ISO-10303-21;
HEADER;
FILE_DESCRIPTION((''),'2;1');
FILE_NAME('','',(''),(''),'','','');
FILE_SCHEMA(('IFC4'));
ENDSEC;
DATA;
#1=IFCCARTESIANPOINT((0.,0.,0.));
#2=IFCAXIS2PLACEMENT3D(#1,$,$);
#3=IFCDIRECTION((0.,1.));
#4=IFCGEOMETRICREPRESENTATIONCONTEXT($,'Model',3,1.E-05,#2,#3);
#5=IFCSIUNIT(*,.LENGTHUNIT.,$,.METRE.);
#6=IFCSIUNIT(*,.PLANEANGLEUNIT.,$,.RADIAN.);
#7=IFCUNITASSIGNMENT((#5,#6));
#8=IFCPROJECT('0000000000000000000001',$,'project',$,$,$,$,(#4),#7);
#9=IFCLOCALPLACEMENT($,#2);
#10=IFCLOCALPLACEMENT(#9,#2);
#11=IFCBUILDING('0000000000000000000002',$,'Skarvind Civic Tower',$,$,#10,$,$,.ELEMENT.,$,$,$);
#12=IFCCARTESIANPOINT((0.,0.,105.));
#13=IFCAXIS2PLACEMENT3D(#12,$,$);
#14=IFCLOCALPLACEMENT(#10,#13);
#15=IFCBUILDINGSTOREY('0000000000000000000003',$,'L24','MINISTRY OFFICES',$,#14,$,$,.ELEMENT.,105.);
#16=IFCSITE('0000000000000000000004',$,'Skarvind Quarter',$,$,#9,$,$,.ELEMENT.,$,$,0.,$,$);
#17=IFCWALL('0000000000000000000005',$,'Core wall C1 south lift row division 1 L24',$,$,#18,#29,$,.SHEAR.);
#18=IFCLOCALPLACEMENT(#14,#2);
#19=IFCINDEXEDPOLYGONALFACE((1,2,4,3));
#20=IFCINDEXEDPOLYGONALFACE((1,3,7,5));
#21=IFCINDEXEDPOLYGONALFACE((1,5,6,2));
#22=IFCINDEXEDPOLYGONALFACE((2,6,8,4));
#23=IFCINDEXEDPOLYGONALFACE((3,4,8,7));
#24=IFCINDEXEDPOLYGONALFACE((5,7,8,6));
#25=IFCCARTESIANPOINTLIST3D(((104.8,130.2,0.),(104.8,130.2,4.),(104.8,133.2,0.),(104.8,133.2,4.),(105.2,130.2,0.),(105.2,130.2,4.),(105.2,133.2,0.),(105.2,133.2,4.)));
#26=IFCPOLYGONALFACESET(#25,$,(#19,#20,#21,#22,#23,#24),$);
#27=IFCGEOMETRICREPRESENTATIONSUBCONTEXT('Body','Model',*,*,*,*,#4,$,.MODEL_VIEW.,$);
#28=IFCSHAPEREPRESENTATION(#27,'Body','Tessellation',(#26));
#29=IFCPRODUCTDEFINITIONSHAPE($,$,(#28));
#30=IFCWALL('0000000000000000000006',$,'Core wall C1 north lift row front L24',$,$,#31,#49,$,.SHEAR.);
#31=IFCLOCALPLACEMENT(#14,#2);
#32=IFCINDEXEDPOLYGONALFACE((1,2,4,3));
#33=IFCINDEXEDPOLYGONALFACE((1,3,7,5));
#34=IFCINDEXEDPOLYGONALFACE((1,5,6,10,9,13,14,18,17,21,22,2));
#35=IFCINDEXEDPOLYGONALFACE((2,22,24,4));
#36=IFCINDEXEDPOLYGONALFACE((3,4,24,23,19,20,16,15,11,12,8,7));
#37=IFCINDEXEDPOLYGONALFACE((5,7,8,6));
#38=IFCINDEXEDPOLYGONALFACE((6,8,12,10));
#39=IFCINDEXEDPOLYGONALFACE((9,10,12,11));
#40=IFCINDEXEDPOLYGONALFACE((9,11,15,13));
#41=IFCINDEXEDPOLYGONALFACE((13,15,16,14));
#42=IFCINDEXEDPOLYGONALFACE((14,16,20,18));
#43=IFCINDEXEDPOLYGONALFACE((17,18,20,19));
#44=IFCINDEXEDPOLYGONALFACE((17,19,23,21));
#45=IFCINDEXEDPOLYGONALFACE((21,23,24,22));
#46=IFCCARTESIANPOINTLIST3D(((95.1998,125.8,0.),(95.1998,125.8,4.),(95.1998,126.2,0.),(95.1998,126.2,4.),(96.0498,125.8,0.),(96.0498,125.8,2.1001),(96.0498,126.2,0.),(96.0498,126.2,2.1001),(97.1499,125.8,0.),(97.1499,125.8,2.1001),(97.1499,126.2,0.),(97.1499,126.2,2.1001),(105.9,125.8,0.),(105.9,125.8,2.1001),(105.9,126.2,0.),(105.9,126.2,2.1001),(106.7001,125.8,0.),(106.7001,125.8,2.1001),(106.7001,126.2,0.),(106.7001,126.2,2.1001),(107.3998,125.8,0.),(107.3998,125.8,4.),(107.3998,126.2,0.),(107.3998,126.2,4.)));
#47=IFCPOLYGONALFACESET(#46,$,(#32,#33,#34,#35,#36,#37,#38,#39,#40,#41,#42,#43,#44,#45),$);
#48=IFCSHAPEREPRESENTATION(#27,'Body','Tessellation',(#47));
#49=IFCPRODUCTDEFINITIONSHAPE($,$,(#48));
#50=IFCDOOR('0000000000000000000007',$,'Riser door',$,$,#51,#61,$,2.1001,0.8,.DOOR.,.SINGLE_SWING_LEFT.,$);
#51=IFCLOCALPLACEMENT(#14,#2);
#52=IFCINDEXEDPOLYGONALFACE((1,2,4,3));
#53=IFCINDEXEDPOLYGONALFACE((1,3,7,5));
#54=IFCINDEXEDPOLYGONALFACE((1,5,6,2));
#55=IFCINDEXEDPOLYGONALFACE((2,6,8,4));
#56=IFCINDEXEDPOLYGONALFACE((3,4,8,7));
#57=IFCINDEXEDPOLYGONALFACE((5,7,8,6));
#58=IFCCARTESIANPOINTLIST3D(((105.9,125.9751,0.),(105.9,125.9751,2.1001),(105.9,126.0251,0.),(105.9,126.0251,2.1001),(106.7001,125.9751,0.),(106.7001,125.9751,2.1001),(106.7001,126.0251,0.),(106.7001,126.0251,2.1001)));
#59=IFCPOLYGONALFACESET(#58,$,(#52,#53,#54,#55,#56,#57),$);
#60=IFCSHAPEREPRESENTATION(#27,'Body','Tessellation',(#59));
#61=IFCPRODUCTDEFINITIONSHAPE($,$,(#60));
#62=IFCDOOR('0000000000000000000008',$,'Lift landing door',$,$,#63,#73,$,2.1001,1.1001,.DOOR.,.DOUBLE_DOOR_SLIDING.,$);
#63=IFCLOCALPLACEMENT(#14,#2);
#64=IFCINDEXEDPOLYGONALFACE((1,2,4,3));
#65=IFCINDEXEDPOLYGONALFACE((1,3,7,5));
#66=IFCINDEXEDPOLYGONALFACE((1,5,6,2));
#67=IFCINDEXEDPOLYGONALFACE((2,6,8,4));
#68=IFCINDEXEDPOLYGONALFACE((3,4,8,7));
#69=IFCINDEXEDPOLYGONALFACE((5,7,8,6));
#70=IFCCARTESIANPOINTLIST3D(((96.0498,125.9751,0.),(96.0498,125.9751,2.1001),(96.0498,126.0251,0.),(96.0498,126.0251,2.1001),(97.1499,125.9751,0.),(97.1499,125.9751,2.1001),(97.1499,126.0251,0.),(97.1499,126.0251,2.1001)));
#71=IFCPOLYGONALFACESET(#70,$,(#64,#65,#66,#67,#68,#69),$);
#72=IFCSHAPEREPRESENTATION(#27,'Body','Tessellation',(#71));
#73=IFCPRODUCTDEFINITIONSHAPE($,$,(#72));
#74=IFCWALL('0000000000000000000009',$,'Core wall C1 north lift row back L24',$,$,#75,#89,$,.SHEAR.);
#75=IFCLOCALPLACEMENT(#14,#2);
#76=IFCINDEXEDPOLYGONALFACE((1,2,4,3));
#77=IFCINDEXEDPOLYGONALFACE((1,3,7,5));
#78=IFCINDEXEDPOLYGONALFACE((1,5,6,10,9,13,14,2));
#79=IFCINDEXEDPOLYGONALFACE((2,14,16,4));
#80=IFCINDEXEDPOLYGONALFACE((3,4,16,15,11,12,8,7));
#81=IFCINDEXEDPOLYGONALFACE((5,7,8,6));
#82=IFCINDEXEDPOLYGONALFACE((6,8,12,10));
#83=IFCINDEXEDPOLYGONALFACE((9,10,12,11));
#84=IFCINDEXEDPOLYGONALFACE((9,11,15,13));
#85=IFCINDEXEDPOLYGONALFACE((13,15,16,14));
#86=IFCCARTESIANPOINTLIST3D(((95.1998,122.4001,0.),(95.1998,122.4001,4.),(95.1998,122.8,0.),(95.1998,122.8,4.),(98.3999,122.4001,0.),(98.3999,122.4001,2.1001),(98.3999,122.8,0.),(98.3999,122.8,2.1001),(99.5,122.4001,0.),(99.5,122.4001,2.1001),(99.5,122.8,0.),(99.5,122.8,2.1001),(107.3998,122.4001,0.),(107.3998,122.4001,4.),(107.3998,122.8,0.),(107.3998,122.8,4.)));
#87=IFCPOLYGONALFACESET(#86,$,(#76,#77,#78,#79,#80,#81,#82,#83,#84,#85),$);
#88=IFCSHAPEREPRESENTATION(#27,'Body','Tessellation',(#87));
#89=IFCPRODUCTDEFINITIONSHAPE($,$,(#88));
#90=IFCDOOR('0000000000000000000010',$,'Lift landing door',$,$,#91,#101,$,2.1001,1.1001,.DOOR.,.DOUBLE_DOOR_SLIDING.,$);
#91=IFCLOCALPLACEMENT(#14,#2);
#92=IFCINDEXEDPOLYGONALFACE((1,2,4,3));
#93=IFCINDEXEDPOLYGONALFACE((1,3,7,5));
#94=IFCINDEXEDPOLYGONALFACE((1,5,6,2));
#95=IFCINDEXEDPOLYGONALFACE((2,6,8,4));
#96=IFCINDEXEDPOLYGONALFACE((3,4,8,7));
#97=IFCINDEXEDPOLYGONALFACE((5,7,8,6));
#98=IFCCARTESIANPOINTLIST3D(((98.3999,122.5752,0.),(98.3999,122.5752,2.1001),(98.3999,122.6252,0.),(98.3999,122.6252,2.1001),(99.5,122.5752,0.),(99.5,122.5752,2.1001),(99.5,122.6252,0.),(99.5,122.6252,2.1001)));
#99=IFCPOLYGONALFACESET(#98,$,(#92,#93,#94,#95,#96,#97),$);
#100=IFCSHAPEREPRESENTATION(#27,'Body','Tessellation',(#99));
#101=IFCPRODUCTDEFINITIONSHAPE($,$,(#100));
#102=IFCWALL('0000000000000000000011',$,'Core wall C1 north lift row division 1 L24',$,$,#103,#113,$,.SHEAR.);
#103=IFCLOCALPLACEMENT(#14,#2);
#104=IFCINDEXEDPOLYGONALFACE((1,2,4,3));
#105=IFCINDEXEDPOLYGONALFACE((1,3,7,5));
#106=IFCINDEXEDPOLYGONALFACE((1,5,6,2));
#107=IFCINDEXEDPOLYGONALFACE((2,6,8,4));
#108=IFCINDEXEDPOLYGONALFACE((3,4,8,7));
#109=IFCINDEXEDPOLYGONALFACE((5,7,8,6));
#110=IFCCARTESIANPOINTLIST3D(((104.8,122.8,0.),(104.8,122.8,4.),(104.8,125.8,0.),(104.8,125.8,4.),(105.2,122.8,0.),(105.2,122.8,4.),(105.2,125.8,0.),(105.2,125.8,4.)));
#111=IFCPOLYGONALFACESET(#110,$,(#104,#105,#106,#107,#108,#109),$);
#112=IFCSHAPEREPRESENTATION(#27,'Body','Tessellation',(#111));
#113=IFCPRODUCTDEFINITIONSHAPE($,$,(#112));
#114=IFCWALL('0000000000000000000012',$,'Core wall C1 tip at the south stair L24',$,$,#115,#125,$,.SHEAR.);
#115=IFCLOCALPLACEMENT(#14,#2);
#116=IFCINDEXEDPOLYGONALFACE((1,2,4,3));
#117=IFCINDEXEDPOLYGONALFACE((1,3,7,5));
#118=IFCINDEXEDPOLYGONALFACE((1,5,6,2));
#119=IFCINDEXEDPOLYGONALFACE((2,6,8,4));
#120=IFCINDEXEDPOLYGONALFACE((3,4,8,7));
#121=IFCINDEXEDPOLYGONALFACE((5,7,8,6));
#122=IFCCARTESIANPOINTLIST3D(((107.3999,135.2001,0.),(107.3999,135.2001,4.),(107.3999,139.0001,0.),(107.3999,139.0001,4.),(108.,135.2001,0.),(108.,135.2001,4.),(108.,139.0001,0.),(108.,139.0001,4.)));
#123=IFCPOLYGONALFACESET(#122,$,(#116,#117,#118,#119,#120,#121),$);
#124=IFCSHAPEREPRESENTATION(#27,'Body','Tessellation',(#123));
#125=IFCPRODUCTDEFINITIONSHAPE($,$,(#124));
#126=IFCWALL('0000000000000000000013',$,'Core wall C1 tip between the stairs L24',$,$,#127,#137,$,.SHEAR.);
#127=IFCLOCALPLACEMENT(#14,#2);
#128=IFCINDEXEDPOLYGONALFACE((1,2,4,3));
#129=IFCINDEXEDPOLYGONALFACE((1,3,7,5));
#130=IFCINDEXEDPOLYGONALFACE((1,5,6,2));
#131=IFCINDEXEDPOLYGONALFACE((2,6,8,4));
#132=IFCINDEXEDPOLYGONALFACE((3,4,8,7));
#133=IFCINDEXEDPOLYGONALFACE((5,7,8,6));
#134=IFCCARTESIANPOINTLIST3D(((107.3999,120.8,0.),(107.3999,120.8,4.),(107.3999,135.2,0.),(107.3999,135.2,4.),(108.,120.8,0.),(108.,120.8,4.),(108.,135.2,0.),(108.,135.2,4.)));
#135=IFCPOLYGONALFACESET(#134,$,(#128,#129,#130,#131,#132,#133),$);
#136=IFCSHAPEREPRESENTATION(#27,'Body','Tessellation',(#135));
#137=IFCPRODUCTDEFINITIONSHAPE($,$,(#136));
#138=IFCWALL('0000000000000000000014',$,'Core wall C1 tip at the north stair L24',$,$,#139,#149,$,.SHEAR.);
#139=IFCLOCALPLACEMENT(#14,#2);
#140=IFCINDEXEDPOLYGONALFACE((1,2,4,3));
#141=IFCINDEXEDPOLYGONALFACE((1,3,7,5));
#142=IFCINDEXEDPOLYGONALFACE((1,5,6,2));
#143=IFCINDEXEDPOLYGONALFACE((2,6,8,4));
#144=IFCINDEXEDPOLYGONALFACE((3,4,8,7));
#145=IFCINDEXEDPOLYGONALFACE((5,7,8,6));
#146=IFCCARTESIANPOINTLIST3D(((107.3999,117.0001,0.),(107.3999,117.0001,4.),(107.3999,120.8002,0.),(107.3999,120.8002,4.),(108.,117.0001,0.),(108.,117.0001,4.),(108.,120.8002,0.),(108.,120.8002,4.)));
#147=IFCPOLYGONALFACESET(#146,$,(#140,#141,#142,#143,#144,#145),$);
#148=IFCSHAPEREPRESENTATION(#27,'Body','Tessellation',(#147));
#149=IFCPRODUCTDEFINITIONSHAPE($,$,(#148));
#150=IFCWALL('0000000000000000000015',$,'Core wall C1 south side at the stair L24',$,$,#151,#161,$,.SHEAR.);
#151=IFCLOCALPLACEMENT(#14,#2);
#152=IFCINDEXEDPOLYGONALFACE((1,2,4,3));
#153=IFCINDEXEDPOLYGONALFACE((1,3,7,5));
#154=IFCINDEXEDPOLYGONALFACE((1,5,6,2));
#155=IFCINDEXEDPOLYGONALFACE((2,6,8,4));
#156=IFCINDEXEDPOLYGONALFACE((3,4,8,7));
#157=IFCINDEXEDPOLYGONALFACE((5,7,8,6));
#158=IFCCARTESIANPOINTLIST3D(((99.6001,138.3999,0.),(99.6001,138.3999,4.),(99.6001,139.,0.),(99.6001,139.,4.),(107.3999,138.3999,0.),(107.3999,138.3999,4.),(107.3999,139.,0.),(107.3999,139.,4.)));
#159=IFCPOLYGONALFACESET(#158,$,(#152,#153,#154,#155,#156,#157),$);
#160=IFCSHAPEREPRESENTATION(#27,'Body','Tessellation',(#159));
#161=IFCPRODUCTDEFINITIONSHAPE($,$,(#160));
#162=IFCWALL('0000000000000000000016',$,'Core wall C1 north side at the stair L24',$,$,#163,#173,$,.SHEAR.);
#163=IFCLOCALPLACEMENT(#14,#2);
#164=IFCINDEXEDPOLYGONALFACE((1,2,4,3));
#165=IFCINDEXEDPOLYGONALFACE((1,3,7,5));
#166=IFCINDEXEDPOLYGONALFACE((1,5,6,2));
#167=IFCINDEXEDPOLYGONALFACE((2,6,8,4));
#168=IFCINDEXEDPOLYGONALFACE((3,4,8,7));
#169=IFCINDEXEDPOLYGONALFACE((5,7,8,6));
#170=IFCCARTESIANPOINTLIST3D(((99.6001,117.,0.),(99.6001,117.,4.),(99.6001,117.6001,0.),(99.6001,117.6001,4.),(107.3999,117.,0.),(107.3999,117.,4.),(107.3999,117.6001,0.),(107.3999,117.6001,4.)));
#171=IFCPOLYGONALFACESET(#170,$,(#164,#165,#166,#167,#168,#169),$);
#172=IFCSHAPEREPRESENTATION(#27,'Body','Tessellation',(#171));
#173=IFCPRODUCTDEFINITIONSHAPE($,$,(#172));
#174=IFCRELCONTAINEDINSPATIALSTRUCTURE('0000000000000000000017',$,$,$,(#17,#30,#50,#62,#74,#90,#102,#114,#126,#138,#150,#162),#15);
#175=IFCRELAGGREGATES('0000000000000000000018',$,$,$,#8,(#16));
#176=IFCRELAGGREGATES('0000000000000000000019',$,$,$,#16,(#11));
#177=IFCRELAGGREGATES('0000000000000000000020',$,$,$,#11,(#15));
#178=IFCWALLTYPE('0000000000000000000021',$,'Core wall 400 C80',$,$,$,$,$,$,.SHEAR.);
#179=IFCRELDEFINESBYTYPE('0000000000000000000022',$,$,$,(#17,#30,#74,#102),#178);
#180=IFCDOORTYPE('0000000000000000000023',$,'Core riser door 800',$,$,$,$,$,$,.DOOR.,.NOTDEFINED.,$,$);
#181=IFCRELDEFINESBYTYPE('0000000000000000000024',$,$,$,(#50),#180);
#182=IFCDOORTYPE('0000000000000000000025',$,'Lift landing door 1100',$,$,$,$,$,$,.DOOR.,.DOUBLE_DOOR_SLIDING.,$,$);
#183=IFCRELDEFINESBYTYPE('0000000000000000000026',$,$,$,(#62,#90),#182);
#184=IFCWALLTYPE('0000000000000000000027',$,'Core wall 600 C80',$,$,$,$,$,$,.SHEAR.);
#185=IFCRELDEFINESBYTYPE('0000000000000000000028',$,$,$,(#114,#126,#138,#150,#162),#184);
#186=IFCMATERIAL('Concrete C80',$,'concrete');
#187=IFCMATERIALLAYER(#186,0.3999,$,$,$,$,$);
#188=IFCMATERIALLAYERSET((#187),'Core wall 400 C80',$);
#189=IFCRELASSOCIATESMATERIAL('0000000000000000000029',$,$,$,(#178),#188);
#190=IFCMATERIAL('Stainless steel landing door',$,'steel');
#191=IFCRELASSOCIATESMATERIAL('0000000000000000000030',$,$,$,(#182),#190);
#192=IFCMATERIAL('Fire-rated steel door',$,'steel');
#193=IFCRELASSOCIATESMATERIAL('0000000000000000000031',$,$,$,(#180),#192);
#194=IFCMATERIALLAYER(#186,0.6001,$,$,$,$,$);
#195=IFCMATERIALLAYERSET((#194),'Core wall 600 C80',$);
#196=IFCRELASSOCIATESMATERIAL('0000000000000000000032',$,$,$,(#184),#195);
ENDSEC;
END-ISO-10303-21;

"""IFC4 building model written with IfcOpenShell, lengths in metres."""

from ifc_helpers import new_model, si_unit, direction, frame, frame_2d, origin, place, context, subcontext, project, spatial, rectangle, extrude, material, layer, layer_set, type_object, element, fill, save


model = new_model("IFC4")

# Units and contexts
model_context = context("Model", 3, precision=1e-05, world=origin(), true_north=direction((0.0, 1.0)))
body_context = subcontext(model_context, "Body", "Model", "MODEL_VIEW")
ifc_project = project(units=[si_unit("LENGTHUNIT", "METRE"), si_unit("PLANEANGLEUNIT", "RADIAN")], contexts=[model_context])

# Site, building, storey
site_placement = place(None, origin())
site = spatial("IfcSite", under=ifc_project, at=site_placement, Name="Skarvind Quarter", CompositionType="ELEMENT", RefElevation=0.0)
building_placement = place(site_placement, origin())
building = spatial("IfcBuilding", under=site, at=building_placement, Name="Skarvind Civic Tower", CompositionType="ELEMENT")
storey_placement = place(building_placement, frame((0.0, 0.0, 105.0)))
storey = spatial("IfcBuildingStorey", under=building, at=storey_placement, Name="L24", Description="MINISTRY OFFICES", CompositionType="ELEMENT", Elevation=105.0)

# Shared definitions
ifc_material_1 = material(Name="Concrete C80", Category="concrete")
ifc_layer_1 = layer(ifc_material_1, 0.3999)
ifc_layer_set_1 = layer_set([ifc_layer_1], Name="Core wall 400 C80")
wall_type_1 = type_object("IfcWallType", Name="Core wall 400 C80", PredefinedType="SHEAR", material=ifc_layer_set_1)

# Shared definitions
ifc_material_2 = material(Name="Stainless steel landing door", Category="steel")
door_type_1 = type_object("IfcDoorType", Name="Lift landing door 1100", OperationType="DOUBLE_DOOR_SLIDING", PredefinedType="DOOR", material=ifc_material_2)

# Wall
wall_1_placement = place(storey_placement, frame((105.0, 133.2, 0.0), z_axis=(0.0, 0.0, 1.0), x_axis=(0.0, -1.0, 0.0)))
element("IfcWall", 1, at=wall_1_placement, inside=storey, type_object=wall_type_1, Name="Core wall C1 south lift row division 1 L24", PredefinedType="SHEAR", context=body_context, shape_type="SweptSolid", body=[
    extrude(rectangle(XDim=3.0, YDim=0.3999, at=frame_2d((1.5, 0.0))), origin(), (0.0, 0.0, 1.0), 4.0),
])

# Wall, openings, doors
wall_2_placement = place(storey_placement, frame((107.3999, 126.0, 0.0), z_axis=(0.0, 0.0, 1.0), x_axis=(-1.0, 0.0, 0.0)))
wall_2 = element("IfcWall", 2, at=wall_2_placement, inside=storey, type_object=wall_type_1, Name="Core wall C1 north lift row front L24", PredefinedType="SHEAR", context=body_context, shape_type="SweptSolid", body=[
    extrude(rectangle(XDim=12.2, YDim=0.3999, at=frame_2d((6.1001, 0.0))), origin(), (0.0, 0.0, 1.0), 4.0),
])
opening_1_placement = place(wall_2_placement, frame((10.25, 0.0, 0.0)))
opening_1 = element("IfcOpeningElement", 3, at=opening_1_placement, cuts=wall_2, PredefinedType="OPENING", context=body_context, shape_type="SweptSolid", body=[
    extrude(rectangle(XDim=1.1001, YDim=2.1001, at=frame_2d((0.55, 1.05))), frame((0.0, 0.21, 0.0), z_axis=(0.0, -1.0, 0.0), x_axis=(1.0, 0.0, 0.0)), (0.0, 0.0, 1.0), 0.4199),
])
opening_2_placement = place(wall_2_placement, frame((0.7, 0.0, 0.0)))
opening_2 = element("IfcOpeningElement", 4, at=opening_2_placement, cuts=wall_2, PredefinedType="OPENING", context=body_context, shape_type="SweptSolid", body=[
    extrude(rectangle(XDim=0.8, YDim=2.1001, at=frame_2d((0.3999, 1.05))), frame((0.0, 0.21, 0.0), z_axis=(0.0, -1.0, 0.0), x_axis=(1.0, 0.0, 0.0)), (0.0, 0.0, 1.0), 0.4199),
])
ifc_material_3 = material(Name="Fire-rated steel door", Category="steel")
door_type_2 = type_object("IfcDoorType", Name="Core riser door 800", OperationType="NOTDEFINED", PredefinedType="DOOR", material=ifc_material_3)
door_1_placement = place(opening_2_placement, origin())
door_1 = element("IfcDoor", 5, at=door_1_placement, inside=storey, type_object=door_type_2, Name="Riser door", OperationType="SINGLE_SWING_LEFT", OverallHeight=2.1001, OverallWidth=0.8, PredefinedType="DOOR", context=body_context, shape_type="SweptSolid", body=[
    extrude(rectangle(XDim=0.8, YDim=2.1001, at=frame_2d((0.3999, 1.05))), frame((0.0, 0.0249, 0.0), z_axis=(0.0, -1.0, 0.0), x_axis=(1.0, 0.0, 0.0)), (0.0, 0.0, 1.0), 0.05),
])
fill(opening_2, door_1)
door_2_placement = place(opening_1_placement, origin())
door_2 = element("IfcDoor", 6, at=door_2_placement, inside=storey, type_object=door_type_1, Name="Lift landing door", OperationType="DOUBLE_DOOR_SLIDING", OverallHeight=2.1001, OverallWidth=1.1001, PredefinedType="DOOR", context=body_context, shape_type="SweptSolid", body=[
    extrude(rectangle(XDim=1.1001, YDim=2.1001, at=frame_2d((0.55, 1.05))), frame((0.0, 0.0249, 0.0), z_axis=(0.0, -1.0, 0.0), x_axis=(1.0, 0.0, 0.0)), (0.0, 0.0, 1.0), 0.05),
])
fill(opening_1, door_2)

# Wall, opening, door
wall_3_placement = place(storey_placement, frame((107.3999, 122.6001, 0.0), z_axis=(0.0, 0.0, 1.0), x_axis=(-1.0, 0.0, 0.0)))
wall_3 = element("IfcWall", 7, at=wall_3_placement, inside=storey, type_object=wall_type_1, Name="Core wall C1 north lift row back L24", PredefinedType="SHEAR", context=body_context, shape_type="SweptSolid", body=[
    extrude(rectangle(XDim=12.2, YDim=0.3999, at=frame_2d((6.1001, 0.0))), origin(), (0.0, 0.0, 1.0), 4.0),
])
opening_3_placement = place(wall_3_placement, frame((7.8999, 0.0, 0.0)))
opening_3 = element("IfcOpeningElement", 8, at=opening_3_placement, cuts=wall_3, PredefinedType="OPENING", context=body_context, shape_type="SweptSolid", body=[
    extrude(rectangle(XDim=1.1001, YDim=2.1001, at=frame_2d((0.55, 1.05))), frame((0.0, 0.21, 0.0), z_axis=(0.0, -1.0, 0.0), x_axis=(1.0, 0.0, 0.0)), (0.0, 0.0, 1.0), 0.4199),
])
door_3_placement = place(opening_3_placement, origin())
door_3 = element("IfcDoor", 9, at=door_3_placement, inside=storey, type_object=door_type_1, Name="Lift landing door", OperationType="DOUBLE_DOOR_SLIDING", OverallHeight=2.1001, OverallWidth=1.1001, PredefinedType="DOOR", context=body_context, shape_type="SweptSolid", body=[
    extrude(rectangle(XDim=1.1001, YDim=2.1001, at=frame_2d((0.55, 1.05))), frame((0.0, 0.0249, 0.0), z_axis=(0.0, -1.0, 0.0), x_axis=(1.0, 0.0, 0.0)), (0.0, 0.0, 1.0), 0.05),
])
fill(opening_3, door_3)

# Walls
wall_4_placement = place(storey_placement, frame((105.0, 125.8, 0.0), z_axis=(0.0, 0.0, 1.0), x_axis=(0.0, -1.0, 0.0)))
element("IfcWall", 10, at=wall_4_placement, inside=storey, type_object=wall_type_1, Name="Core wall C1 north lift row division 1 L24", PredefinedType="SHEAR", context=body_context, shape_type="SweptSolid", body=[
    extrude(rectangle(XDim=3.0, YDim=0.3999, at=frame_2d((1.5, 0.0))), origin(), (0.0, 0.0, 1.0), 4.0),
])
ifc_layer_2 = layer(ifc_material_1, 0.6001)
ifc_layer_set_2 = layer_set([ifc_layer_2], Name="Core wall 600 C80")
wall_type_2 = type_object("IfcWallType", Name="Core wall 600 C80", PredefinedType="SHEAR", material=ifc_layer_set_2)
wall_5_placement = place(storey_placement, frame((107.7, 139.0, 0.0), z_axis=(0.0, 0.0, 1.0), x_axis=(0.0, -1.0, 0.0)))
element("IfcWall", 11, at=wall_5_placement, inside=storey, type_object=wall_type_2, Name="Core wall C1 tip at the south stair L24", PredefinedType="SHEAR", context=body_context, shape_type="SweptSolid", body=[
    extrude(rectangle(XDim=3.8, YDim=0.6001, at=frame_2d((1.8999, 0.0))), origin(), (0.0, 0.0, 1.0), 4.0),
])
wall_6_placement = place(storey_placement, frame((107.7, 135.2, 0.0), z_axis=(0.0, 0.0, 1.0), x_axis=(0.0, -1.0, 0.0)))
element("IfcWall", 12, at=wall_6_placement, inside=storey, type_object=wall_type_2, Name="Core wall C1 tip between the stairs L24", PredefinedType="SHEAR", context=body_context, shape_type="SweptSolid", body=[
    extrude(rectangle(XDim=14.3999, YDim=0.6001, at=frame_2d((7.2, 0.0))), origin(), (0.0, 0.0, 1.0), 4.0),
])
wall_7_placement = place(storey_placement, frame((107.7, 120.8, 0.0), z_axis=(0.0, 0.0, 1.0), x_axis=(0.0, -1.0, 0.0)))
element("IfcWall", 13, at=wall_7_placement, inside=storey, type_object=wall_type_2, Name="Core wall C1 tip at the north stair L24", PredefinedType="SHEAR", context=body_context, shape_type="SweptSolid", body=[
    extrude(rectangle(XDim=3.8, YDim=0.6001, at=frame_2d((1.8999, 0.0))), origin(), (0.0, 0.0, 1.0), 4.0),
])
for number, where, z_axis, x_axis, name in (
    (14, (107.3999, 138.7, 0.0), (0.0, 0.0, 1.0), (-1.0, 0.0, 0.0), "Core wall C1 south side at the stair L24"),
    (15, (107.3999, 117.3, 0.0), (0.0, 0.0, 1.0), (-1.0, 0.0, 0.0), "Core wall C1 north side at the stair L24"),
):
    element("IfcWall", number, at=place(storey_placement, frame(where, z_axis=z_axis, x_axis=x_axis)), inside=storey, type_object=wall_type_2, Name=name, PredefinedType="SHEAR", context=body_context, shape_type="SweptSolid", body=[
        extrude(rectangle(XDim=7.7998, YDim=0.6001, at=frame_2d((3.8999, 0.0))), origin(), (0.0, 0.0, 1.0), 4.0),
    ])

save(model, "model.ifc")
